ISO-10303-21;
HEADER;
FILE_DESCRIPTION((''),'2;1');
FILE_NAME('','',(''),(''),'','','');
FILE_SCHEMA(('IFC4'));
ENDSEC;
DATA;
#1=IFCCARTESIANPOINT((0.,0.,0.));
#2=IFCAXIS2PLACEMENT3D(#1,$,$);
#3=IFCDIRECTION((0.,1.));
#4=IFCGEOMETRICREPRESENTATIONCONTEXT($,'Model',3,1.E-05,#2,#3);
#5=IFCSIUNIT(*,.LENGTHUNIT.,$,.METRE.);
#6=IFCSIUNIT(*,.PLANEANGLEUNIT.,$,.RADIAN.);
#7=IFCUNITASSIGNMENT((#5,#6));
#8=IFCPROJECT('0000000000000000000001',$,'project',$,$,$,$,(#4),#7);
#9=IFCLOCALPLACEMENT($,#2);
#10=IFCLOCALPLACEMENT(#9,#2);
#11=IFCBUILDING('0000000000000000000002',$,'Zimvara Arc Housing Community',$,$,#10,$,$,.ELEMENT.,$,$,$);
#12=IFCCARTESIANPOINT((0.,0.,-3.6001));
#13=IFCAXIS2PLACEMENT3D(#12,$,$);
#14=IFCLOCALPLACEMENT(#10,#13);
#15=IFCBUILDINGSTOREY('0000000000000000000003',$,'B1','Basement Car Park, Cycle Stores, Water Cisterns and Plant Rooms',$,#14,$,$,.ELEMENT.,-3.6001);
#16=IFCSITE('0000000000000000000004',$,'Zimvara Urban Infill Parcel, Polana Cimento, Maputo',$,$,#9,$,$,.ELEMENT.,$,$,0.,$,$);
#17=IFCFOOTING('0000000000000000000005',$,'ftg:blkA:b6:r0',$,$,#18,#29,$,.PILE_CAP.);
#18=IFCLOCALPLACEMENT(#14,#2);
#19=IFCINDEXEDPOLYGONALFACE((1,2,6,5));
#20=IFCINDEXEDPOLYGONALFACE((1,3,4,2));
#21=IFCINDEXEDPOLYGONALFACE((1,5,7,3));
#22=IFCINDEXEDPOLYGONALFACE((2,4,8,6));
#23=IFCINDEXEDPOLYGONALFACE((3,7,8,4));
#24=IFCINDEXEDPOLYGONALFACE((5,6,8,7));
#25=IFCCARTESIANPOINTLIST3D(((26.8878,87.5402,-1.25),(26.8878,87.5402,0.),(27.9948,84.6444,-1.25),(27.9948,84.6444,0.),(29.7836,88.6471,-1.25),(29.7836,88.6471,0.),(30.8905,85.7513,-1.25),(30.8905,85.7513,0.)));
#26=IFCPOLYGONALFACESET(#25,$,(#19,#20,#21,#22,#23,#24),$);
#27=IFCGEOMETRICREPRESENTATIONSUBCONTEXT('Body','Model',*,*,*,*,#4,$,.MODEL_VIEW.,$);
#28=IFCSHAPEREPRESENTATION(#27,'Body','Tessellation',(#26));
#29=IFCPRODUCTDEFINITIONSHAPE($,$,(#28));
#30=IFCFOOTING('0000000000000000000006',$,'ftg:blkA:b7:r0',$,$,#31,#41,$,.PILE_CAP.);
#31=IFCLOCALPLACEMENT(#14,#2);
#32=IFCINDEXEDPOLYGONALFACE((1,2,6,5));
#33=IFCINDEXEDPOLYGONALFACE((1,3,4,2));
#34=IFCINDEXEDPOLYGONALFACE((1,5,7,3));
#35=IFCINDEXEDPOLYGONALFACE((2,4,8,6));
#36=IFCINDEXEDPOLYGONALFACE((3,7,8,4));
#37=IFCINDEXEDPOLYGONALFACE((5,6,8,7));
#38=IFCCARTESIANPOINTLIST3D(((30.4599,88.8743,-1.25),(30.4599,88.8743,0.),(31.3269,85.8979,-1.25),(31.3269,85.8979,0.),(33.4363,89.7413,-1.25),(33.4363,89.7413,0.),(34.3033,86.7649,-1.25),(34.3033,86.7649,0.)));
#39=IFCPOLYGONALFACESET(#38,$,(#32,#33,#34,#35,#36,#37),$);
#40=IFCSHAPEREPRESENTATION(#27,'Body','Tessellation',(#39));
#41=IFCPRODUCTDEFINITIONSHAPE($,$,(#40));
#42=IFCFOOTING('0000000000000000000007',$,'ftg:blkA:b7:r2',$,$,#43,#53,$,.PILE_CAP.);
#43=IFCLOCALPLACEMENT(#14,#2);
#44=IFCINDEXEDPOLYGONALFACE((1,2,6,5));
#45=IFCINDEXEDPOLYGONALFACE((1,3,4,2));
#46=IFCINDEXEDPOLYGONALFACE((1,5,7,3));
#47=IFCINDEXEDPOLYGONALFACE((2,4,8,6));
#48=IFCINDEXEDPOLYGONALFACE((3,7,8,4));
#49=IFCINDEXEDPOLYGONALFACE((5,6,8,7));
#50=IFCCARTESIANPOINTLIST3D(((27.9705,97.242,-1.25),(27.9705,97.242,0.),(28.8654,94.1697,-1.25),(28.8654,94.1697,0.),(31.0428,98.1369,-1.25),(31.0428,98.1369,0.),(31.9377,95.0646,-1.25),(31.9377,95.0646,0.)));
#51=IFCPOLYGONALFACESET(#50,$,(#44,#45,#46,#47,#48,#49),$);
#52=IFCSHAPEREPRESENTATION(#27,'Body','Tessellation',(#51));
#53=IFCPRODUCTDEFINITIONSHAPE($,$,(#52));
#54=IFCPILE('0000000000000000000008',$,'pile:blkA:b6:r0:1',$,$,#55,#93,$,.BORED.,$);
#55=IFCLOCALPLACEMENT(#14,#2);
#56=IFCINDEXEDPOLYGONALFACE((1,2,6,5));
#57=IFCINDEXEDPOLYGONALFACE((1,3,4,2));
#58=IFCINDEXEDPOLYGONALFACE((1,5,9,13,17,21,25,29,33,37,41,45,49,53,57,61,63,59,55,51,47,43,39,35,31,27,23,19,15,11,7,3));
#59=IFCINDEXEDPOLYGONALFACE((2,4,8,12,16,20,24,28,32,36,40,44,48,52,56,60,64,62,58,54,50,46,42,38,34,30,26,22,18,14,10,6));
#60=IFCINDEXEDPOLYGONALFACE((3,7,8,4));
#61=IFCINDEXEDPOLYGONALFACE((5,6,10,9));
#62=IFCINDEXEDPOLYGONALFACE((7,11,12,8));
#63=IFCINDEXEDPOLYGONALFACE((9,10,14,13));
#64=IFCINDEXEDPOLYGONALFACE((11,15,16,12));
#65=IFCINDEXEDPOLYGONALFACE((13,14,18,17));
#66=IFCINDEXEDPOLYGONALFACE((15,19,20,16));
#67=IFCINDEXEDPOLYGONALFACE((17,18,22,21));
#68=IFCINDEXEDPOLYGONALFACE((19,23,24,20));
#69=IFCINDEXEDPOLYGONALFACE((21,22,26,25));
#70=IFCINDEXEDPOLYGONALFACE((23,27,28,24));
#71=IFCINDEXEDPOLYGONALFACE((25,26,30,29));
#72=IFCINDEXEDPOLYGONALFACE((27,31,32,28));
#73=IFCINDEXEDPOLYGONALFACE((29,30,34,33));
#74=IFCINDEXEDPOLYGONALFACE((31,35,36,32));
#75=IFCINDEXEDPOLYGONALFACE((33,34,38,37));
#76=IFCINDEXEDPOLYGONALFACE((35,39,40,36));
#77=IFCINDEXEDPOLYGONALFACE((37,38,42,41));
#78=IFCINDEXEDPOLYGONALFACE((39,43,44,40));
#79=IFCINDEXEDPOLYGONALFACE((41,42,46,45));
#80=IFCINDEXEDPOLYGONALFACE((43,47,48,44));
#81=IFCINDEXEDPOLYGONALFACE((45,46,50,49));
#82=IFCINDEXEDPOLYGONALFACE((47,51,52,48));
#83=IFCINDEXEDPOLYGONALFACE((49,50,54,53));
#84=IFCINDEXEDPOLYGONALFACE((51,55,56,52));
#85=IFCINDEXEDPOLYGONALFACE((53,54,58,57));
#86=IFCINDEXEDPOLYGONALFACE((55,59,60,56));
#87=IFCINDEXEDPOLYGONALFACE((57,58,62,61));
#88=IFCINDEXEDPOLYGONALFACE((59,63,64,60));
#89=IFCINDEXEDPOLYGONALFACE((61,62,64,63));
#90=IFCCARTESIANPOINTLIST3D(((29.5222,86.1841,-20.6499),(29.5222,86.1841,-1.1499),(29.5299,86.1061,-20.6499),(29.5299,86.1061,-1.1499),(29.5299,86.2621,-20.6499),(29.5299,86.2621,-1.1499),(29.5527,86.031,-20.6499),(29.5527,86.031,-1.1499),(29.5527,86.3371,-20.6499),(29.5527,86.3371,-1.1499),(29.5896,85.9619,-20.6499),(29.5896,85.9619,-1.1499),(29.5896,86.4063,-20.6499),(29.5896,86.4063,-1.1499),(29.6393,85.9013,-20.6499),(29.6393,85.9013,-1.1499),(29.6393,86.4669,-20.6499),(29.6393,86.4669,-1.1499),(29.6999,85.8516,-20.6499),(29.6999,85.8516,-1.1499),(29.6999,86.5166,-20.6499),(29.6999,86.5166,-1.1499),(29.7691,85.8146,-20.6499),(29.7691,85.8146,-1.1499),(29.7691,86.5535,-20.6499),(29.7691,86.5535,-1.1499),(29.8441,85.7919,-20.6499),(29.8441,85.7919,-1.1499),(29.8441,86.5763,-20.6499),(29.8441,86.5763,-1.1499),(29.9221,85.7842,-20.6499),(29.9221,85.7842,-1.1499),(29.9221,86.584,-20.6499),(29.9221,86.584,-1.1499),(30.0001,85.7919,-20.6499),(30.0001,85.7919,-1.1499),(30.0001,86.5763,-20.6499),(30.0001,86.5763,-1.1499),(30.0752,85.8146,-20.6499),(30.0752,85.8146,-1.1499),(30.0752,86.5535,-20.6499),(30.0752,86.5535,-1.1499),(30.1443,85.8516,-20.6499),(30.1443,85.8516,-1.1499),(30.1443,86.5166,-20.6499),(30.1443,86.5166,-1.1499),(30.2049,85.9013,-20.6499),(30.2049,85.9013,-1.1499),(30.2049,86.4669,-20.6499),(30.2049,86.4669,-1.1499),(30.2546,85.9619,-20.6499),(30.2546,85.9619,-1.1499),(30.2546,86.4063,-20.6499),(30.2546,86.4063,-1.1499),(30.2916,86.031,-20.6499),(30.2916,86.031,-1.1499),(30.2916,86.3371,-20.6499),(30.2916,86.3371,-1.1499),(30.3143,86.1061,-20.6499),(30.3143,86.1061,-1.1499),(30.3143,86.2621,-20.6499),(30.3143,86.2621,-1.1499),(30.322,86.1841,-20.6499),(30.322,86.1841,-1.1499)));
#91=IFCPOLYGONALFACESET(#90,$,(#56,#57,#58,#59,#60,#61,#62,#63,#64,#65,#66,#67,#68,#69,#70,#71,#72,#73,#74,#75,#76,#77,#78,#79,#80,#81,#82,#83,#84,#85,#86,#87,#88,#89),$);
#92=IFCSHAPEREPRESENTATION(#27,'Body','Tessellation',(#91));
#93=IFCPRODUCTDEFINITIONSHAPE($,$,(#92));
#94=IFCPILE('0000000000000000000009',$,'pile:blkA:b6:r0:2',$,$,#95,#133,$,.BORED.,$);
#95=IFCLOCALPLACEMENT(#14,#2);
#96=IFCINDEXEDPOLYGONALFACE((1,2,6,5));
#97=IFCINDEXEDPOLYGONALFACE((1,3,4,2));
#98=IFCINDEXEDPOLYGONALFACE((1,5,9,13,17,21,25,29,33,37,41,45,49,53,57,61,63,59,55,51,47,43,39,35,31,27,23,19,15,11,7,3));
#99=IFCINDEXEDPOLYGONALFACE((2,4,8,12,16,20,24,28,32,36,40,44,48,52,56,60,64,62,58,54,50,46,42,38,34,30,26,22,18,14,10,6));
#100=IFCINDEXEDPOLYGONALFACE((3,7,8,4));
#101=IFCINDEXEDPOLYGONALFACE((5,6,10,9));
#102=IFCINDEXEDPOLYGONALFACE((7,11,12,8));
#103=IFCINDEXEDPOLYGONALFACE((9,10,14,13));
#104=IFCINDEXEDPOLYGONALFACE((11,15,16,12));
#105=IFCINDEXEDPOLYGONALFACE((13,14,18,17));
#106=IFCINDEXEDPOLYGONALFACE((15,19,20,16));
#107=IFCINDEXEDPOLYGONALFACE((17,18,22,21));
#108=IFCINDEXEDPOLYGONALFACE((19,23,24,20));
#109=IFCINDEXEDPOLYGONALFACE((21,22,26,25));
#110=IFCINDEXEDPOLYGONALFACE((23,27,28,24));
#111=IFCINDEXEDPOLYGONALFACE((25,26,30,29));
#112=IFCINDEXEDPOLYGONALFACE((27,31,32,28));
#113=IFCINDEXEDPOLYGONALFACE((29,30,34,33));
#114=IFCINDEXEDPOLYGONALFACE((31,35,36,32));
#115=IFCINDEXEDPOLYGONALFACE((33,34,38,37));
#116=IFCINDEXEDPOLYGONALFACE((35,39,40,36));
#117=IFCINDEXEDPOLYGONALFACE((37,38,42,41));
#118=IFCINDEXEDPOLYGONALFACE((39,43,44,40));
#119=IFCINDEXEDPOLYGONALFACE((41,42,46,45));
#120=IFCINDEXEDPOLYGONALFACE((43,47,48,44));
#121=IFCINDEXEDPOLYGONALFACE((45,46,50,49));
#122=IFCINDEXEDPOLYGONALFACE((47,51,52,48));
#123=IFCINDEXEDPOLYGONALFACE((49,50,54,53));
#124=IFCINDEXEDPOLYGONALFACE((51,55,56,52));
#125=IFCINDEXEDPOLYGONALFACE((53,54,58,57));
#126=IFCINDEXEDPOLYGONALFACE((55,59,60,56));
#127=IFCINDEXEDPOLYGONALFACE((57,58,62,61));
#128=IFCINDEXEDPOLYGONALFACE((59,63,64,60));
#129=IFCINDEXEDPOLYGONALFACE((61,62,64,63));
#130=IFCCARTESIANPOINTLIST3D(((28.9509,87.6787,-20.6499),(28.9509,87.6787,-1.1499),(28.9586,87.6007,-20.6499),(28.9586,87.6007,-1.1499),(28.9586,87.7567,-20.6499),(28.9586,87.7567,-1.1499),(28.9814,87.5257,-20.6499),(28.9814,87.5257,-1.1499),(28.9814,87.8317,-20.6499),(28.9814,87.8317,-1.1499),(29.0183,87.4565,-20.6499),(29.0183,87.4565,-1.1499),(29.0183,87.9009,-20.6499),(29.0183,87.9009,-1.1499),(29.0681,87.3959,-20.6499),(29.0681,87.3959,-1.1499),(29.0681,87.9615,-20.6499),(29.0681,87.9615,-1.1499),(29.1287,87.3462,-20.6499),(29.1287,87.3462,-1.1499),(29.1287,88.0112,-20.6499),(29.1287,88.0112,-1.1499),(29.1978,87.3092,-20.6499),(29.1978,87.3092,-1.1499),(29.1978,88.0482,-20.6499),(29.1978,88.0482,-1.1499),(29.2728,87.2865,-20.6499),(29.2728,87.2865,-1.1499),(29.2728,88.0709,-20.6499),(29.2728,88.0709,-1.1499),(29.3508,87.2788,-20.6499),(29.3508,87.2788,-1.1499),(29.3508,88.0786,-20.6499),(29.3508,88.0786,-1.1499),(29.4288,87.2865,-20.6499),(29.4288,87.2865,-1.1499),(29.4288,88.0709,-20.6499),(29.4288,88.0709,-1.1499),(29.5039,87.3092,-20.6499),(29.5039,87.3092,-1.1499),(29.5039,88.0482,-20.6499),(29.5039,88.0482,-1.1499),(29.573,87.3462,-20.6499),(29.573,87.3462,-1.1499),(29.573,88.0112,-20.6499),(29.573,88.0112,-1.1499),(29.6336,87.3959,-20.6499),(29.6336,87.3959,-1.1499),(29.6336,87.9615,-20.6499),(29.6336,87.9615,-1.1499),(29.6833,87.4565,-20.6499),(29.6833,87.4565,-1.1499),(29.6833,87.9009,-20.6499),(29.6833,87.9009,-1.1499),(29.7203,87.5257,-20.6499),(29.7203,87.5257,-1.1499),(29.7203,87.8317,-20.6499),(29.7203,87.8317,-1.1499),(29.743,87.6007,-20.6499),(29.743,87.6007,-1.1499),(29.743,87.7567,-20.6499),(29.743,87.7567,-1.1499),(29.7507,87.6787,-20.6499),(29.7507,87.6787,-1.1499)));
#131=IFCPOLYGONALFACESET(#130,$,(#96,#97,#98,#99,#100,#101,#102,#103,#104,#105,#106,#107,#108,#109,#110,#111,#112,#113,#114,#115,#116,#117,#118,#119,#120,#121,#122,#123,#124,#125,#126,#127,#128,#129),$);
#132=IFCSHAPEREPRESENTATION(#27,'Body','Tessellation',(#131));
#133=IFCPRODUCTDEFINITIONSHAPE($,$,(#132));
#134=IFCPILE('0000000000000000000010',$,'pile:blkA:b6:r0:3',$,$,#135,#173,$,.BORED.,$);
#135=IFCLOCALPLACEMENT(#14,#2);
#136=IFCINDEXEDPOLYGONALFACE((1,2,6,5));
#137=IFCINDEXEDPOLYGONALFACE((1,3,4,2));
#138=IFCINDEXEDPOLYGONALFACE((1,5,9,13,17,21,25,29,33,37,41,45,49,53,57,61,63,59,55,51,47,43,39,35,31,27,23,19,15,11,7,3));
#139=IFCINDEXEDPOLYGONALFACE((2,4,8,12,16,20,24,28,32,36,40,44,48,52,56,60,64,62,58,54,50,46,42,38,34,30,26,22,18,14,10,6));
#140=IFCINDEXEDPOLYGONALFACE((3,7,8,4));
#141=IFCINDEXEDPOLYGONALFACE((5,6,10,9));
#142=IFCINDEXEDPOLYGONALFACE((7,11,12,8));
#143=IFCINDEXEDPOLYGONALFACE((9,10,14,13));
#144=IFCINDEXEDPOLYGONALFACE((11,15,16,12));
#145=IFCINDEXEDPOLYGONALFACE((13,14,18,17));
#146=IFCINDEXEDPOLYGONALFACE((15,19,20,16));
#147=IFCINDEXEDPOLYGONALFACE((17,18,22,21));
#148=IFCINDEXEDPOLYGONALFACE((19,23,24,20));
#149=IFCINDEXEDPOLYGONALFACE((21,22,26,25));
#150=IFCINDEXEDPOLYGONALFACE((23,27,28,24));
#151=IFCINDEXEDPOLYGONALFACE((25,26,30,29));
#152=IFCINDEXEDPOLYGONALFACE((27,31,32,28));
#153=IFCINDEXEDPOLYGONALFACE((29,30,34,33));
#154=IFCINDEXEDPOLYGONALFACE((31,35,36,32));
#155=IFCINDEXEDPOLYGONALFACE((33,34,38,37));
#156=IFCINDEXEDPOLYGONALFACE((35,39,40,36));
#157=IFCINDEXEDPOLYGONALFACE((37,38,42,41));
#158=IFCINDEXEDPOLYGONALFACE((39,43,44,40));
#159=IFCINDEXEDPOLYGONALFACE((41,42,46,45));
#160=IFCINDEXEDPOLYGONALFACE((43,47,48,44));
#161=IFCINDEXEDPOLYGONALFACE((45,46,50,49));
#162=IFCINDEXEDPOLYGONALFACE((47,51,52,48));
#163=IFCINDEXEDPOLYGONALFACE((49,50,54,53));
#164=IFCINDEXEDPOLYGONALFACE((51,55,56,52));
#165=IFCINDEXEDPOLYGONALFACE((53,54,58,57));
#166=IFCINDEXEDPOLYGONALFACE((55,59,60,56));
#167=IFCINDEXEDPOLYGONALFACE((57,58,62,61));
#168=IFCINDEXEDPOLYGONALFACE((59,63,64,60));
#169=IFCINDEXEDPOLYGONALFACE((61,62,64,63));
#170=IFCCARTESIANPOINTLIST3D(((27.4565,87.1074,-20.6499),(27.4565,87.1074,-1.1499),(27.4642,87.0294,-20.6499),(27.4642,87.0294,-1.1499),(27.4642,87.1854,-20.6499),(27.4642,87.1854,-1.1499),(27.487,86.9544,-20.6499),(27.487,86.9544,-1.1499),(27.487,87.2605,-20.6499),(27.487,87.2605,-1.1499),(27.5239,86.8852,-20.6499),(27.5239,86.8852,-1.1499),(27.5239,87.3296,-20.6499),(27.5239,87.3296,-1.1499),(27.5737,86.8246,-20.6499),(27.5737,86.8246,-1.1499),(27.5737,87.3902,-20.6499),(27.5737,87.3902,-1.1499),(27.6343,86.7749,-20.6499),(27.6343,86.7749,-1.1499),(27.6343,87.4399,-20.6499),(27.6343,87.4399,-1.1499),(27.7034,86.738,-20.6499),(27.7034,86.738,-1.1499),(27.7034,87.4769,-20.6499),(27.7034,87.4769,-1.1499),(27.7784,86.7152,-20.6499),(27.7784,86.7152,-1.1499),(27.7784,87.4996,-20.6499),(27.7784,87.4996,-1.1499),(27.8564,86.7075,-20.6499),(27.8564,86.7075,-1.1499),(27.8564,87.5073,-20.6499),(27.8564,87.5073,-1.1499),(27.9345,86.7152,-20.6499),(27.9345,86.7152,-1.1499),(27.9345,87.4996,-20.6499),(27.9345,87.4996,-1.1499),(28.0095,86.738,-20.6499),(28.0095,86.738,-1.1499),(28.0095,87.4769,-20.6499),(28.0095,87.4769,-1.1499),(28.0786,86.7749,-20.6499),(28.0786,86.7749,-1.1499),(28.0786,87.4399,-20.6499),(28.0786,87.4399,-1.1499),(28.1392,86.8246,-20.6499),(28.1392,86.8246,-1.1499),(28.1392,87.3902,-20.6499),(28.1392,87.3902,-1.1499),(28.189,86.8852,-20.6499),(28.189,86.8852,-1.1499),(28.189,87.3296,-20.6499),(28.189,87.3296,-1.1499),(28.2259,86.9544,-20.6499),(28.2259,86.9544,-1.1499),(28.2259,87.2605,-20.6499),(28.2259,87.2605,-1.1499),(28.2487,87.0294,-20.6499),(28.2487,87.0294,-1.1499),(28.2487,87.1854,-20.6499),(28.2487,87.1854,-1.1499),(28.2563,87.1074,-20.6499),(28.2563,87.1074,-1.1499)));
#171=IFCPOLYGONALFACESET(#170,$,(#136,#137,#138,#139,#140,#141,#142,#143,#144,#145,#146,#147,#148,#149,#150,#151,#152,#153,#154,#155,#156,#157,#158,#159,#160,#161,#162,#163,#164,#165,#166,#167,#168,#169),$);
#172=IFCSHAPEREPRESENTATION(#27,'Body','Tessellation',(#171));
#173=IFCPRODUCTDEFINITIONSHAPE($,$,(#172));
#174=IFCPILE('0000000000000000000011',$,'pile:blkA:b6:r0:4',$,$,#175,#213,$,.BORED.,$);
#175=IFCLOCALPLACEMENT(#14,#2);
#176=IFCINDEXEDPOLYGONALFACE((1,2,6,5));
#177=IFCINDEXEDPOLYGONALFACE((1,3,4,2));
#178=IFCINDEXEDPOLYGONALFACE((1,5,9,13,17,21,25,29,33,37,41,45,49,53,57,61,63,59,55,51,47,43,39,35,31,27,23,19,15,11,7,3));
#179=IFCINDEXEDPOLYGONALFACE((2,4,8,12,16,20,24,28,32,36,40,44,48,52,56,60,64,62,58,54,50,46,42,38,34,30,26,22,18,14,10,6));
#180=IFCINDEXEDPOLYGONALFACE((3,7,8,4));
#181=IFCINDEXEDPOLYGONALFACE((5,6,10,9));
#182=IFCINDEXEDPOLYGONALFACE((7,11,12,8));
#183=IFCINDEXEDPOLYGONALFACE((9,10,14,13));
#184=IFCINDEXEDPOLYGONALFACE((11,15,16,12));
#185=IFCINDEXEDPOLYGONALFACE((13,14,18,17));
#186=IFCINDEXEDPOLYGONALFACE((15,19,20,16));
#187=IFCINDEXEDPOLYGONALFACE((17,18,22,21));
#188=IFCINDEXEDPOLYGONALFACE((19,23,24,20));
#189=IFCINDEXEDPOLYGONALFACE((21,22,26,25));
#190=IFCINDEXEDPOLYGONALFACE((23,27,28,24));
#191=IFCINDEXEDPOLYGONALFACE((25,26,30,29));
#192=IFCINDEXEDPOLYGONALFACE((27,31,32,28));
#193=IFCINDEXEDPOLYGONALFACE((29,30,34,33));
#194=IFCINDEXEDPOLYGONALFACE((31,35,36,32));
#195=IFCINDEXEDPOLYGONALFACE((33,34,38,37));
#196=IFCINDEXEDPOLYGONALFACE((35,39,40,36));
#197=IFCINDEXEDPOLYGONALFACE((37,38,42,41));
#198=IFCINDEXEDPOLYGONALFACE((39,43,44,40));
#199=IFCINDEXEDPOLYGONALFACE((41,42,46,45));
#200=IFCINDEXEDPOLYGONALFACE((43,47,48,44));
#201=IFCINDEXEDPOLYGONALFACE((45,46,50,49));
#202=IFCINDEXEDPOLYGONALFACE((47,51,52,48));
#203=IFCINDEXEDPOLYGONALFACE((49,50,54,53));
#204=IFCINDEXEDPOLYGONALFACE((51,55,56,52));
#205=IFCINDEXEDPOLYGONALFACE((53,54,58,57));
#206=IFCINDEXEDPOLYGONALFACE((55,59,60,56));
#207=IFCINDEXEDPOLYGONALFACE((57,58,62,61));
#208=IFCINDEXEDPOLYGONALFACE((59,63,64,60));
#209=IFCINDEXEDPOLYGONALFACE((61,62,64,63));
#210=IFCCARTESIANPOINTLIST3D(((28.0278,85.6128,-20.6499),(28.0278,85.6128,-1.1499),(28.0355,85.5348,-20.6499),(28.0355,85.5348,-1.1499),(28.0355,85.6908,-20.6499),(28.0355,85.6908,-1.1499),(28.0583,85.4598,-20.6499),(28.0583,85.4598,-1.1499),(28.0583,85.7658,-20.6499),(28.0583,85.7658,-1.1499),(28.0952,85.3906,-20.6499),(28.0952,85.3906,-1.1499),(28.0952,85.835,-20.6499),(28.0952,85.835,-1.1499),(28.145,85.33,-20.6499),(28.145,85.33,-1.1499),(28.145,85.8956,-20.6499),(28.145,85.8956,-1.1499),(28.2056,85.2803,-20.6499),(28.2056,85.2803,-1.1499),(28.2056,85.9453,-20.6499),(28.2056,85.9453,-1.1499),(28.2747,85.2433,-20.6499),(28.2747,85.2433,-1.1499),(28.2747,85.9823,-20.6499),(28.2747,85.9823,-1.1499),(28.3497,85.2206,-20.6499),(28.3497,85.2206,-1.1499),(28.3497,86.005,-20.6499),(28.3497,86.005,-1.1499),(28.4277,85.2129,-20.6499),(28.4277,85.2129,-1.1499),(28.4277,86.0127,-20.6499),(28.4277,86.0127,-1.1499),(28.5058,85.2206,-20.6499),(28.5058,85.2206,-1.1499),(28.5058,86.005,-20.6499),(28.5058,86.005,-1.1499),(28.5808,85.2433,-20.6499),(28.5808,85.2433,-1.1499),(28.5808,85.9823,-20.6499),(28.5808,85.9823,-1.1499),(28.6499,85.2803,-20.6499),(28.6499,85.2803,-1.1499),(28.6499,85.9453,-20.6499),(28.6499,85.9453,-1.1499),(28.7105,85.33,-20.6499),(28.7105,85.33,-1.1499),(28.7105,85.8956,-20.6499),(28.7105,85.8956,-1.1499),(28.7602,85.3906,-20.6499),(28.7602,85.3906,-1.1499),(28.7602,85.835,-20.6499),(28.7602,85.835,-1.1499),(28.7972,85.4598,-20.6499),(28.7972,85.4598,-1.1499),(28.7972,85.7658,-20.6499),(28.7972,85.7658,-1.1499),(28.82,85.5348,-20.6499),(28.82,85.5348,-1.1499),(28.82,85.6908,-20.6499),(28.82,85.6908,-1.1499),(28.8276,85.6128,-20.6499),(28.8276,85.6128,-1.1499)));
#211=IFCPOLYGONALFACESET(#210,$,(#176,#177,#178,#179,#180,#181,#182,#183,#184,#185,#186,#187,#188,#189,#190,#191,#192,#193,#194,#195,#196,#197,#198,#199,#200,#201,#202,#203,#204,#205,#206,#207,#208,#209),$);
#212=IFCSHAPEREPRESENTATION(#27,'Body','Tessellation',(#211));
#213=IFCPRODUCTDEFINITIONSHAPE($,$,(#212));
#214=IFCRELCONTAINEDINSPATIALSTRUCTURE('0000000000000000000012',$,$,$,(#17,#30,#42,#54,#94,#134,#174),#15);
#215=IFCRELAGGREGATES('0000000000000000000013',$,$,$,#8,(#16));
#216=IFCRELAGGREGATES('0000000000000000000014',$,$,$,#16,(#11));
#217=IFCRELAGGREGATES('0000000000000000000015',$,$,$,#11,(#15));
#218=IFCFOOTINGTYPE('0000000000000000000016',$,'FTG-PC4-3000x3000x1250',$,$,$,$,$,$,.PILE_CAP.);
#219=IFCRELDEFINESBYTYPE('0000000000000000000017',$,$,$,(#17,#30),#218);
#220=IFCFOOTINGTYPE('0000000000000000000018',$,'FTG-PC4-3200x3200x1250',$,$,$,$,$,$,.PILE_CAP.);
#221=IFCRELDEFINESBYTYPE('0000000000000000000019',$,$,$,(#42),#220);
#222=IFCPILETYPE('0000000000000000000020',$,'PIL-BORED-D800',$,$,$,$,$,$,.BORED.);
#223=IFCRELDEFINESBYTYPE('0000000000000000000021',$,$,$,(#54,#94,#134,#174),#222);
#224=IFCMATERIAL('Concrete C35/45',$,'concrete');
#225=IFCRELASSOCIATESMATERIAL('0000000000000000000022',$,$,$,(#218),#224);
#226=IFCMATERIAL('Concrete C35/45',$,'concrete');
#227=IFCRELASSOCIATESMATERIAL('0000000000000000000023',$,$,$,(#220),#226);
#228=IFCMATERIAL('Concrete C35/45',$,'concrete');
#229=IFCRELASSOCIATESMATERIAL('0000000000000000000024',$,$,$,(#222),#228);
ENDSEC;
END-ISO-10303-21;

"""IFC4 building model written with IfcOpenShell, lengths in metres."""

from ifc_helpers import new_model, si_unit, direction, frame, origin, origin_2d, place, context, subcontext, project, spatial, rectangle, circle, extrude, material, material_profile, profile_set, type_object, element, save


model = new_model("IFC4")

# Units and contexts
model_context = context("Model", 3, precision=1e-05, world=origin(), true_north=direction((0.0, 1.0)))
body_context = subcontext(model_context, "Body", "Model", "MODEL_VIEW")
ifc_project = project(units=[si_unit("LENGTHUNIT", "METRE"), si_unit("PLANEANGLEUNIT", "RADIAN")], contexts=[model_context])

# Site, building, storey
site_placement = place(None, origin())
site = spatial("IfcSite", under=ifc_project, at=site_placement, Name="Zimvara Urban Infill Parcel, Polana Cimento, Maputo", CompositionType="ELEMENT", RefElevation=0.0)
building_placement = place(site_placement, origin())
building = spatial("IfcBuilding", under=site, at=building_placement, Name="Zimvara Arc Housing Community", CompositionType="ELEMENT")
storey_placement = place(building_placement, frame((0.0, 0.0, -3.6001)))
storey = spatial("IfcBuildingStorey", under=building, at=storey_placement, Name="B1", Description="Basement Car Park, Cycle Stores, Water Cisterns and Plant Rooms", CompositionType="ELEMENT", Elevation=-3.6001)

# Footings
ifc_material_1 = material(Name="Concrete C35/45", Category="concrete")
footing_type_1 = type_object("IfcFootingType", Name="FTG-PC4-3000x3000x1250", PredefinedType="PILE_CAP", material=ifc_material_1)
for number, where, z_axis, x_axis, name in (
    (1, (28.8892, 86.6458, -1.25), (0.0, 0.0, 1.0), (-0.357064, 0.93408, 0.0), "ftg:blkA:b6:r0"),
    (2, (32.3816, 87.8196, -1.25), (0.0, 0.0, 1.0), (-0.279661, 0.960099, 0.0), "ftg:blkA:b7:r0"),
):
    element("IfcFooting", number, at=place(storey_placement, frame(where, z_axis=z_axis, x_axis=x_axis)), inside=storey, type_object=footing_type_1, Name=name, PredefinedType="PILE_CAP", context=body_context, shape_type="SweptSolid", body=[
        extrude(rectangle(XDim=3.1001, YDim=3.1001, at=origin_2d()), origin(), (0.0, 0.0, 1.0), 1.25),
    ])
ifc_material_2 = material(Name="Concrete C35/45", Category="concrete")
footing_type_2 = type_object("IfcFootingType", Name="FTG-PC4-3200x3200x1250", PredefinedType="PILE_CAP", material=ifc_material_2)
footing_placement = place(storey_placement, frame((29.9541, 96.1533, -1.25), z_axis=(0.0, 0.0, 1.0), x_axis=(-0.279661, 0.960099, 0.0)))
element("IfcFooting", 3, at=footing_placement, inside=storey, type_object=footing_type_2, Name="ftg:blkA:b7:r2", PredefinedType="PILE_CAP", context=body_context, shape_type="SweptSolid", body=[
    extrude(rectangle(XDim=3.2, YDim=3.2, at=origin_2d()), origin(), (0.0, 0.0, 1.0), 1.25),
])

# Piles
ifc_material_3 = material(Name="Concrete C35/45", Category="concrete")
ifc_material_profile_1 = material_profile(ifc_material_3, circle(Radius=0.3999, at=origin_2d()), Name="PILE D800")
ifc_profile_set_1 = profile_set([ifc_material_profile_1], Name="Concrete C35/45")
pile_type = type_object("IfcPileType", Name="PIL-BORED-D800", PredefinedType="BORED", material=ifc_profile_set_1)
for number, where, z_axis, x_axis, name in (
    (4, (29.9221, 86.1841, -1.1499), (0.0, 0.0, -1.0), (1.0, 0.0, 0.0), "pile:blkA:b6:r0:1"),
    (5, (29.3508, 87.6787, -1.1499), (0.0, 0.0, -1.0), (1.0, 0.0, 0.0), "pile:blkA:b6:r0:2"),
    (6, (27.8564, 87.1074, -1.1499), (0.0, 0.0, -1.0), (1.0, 0.0, 0.0), "pile:blkA:b6:r0:3"),
    (7, (28.4277, 85.6128, -1.1499), (0.0, 0.0, -1.0), (1.0, 0.0, 0.0), "pile:blkA:b6:r0:4"),
):
    element("IfcPile", number, at=place(storey_placement, frame(where, z_axis=z_axis, x_axis=x_axis)), inside=storey, type_object=pile_type, Name=name, PredefinedType="BORED", context=body_context, shape_type="SweptSolid", body=[
        extrude(circle(Radius=0.3999, at=origin_2d()), origin(), (0.0, 0.0, 1.0), 19.5),
    ])

save(model, "model.ifc")
